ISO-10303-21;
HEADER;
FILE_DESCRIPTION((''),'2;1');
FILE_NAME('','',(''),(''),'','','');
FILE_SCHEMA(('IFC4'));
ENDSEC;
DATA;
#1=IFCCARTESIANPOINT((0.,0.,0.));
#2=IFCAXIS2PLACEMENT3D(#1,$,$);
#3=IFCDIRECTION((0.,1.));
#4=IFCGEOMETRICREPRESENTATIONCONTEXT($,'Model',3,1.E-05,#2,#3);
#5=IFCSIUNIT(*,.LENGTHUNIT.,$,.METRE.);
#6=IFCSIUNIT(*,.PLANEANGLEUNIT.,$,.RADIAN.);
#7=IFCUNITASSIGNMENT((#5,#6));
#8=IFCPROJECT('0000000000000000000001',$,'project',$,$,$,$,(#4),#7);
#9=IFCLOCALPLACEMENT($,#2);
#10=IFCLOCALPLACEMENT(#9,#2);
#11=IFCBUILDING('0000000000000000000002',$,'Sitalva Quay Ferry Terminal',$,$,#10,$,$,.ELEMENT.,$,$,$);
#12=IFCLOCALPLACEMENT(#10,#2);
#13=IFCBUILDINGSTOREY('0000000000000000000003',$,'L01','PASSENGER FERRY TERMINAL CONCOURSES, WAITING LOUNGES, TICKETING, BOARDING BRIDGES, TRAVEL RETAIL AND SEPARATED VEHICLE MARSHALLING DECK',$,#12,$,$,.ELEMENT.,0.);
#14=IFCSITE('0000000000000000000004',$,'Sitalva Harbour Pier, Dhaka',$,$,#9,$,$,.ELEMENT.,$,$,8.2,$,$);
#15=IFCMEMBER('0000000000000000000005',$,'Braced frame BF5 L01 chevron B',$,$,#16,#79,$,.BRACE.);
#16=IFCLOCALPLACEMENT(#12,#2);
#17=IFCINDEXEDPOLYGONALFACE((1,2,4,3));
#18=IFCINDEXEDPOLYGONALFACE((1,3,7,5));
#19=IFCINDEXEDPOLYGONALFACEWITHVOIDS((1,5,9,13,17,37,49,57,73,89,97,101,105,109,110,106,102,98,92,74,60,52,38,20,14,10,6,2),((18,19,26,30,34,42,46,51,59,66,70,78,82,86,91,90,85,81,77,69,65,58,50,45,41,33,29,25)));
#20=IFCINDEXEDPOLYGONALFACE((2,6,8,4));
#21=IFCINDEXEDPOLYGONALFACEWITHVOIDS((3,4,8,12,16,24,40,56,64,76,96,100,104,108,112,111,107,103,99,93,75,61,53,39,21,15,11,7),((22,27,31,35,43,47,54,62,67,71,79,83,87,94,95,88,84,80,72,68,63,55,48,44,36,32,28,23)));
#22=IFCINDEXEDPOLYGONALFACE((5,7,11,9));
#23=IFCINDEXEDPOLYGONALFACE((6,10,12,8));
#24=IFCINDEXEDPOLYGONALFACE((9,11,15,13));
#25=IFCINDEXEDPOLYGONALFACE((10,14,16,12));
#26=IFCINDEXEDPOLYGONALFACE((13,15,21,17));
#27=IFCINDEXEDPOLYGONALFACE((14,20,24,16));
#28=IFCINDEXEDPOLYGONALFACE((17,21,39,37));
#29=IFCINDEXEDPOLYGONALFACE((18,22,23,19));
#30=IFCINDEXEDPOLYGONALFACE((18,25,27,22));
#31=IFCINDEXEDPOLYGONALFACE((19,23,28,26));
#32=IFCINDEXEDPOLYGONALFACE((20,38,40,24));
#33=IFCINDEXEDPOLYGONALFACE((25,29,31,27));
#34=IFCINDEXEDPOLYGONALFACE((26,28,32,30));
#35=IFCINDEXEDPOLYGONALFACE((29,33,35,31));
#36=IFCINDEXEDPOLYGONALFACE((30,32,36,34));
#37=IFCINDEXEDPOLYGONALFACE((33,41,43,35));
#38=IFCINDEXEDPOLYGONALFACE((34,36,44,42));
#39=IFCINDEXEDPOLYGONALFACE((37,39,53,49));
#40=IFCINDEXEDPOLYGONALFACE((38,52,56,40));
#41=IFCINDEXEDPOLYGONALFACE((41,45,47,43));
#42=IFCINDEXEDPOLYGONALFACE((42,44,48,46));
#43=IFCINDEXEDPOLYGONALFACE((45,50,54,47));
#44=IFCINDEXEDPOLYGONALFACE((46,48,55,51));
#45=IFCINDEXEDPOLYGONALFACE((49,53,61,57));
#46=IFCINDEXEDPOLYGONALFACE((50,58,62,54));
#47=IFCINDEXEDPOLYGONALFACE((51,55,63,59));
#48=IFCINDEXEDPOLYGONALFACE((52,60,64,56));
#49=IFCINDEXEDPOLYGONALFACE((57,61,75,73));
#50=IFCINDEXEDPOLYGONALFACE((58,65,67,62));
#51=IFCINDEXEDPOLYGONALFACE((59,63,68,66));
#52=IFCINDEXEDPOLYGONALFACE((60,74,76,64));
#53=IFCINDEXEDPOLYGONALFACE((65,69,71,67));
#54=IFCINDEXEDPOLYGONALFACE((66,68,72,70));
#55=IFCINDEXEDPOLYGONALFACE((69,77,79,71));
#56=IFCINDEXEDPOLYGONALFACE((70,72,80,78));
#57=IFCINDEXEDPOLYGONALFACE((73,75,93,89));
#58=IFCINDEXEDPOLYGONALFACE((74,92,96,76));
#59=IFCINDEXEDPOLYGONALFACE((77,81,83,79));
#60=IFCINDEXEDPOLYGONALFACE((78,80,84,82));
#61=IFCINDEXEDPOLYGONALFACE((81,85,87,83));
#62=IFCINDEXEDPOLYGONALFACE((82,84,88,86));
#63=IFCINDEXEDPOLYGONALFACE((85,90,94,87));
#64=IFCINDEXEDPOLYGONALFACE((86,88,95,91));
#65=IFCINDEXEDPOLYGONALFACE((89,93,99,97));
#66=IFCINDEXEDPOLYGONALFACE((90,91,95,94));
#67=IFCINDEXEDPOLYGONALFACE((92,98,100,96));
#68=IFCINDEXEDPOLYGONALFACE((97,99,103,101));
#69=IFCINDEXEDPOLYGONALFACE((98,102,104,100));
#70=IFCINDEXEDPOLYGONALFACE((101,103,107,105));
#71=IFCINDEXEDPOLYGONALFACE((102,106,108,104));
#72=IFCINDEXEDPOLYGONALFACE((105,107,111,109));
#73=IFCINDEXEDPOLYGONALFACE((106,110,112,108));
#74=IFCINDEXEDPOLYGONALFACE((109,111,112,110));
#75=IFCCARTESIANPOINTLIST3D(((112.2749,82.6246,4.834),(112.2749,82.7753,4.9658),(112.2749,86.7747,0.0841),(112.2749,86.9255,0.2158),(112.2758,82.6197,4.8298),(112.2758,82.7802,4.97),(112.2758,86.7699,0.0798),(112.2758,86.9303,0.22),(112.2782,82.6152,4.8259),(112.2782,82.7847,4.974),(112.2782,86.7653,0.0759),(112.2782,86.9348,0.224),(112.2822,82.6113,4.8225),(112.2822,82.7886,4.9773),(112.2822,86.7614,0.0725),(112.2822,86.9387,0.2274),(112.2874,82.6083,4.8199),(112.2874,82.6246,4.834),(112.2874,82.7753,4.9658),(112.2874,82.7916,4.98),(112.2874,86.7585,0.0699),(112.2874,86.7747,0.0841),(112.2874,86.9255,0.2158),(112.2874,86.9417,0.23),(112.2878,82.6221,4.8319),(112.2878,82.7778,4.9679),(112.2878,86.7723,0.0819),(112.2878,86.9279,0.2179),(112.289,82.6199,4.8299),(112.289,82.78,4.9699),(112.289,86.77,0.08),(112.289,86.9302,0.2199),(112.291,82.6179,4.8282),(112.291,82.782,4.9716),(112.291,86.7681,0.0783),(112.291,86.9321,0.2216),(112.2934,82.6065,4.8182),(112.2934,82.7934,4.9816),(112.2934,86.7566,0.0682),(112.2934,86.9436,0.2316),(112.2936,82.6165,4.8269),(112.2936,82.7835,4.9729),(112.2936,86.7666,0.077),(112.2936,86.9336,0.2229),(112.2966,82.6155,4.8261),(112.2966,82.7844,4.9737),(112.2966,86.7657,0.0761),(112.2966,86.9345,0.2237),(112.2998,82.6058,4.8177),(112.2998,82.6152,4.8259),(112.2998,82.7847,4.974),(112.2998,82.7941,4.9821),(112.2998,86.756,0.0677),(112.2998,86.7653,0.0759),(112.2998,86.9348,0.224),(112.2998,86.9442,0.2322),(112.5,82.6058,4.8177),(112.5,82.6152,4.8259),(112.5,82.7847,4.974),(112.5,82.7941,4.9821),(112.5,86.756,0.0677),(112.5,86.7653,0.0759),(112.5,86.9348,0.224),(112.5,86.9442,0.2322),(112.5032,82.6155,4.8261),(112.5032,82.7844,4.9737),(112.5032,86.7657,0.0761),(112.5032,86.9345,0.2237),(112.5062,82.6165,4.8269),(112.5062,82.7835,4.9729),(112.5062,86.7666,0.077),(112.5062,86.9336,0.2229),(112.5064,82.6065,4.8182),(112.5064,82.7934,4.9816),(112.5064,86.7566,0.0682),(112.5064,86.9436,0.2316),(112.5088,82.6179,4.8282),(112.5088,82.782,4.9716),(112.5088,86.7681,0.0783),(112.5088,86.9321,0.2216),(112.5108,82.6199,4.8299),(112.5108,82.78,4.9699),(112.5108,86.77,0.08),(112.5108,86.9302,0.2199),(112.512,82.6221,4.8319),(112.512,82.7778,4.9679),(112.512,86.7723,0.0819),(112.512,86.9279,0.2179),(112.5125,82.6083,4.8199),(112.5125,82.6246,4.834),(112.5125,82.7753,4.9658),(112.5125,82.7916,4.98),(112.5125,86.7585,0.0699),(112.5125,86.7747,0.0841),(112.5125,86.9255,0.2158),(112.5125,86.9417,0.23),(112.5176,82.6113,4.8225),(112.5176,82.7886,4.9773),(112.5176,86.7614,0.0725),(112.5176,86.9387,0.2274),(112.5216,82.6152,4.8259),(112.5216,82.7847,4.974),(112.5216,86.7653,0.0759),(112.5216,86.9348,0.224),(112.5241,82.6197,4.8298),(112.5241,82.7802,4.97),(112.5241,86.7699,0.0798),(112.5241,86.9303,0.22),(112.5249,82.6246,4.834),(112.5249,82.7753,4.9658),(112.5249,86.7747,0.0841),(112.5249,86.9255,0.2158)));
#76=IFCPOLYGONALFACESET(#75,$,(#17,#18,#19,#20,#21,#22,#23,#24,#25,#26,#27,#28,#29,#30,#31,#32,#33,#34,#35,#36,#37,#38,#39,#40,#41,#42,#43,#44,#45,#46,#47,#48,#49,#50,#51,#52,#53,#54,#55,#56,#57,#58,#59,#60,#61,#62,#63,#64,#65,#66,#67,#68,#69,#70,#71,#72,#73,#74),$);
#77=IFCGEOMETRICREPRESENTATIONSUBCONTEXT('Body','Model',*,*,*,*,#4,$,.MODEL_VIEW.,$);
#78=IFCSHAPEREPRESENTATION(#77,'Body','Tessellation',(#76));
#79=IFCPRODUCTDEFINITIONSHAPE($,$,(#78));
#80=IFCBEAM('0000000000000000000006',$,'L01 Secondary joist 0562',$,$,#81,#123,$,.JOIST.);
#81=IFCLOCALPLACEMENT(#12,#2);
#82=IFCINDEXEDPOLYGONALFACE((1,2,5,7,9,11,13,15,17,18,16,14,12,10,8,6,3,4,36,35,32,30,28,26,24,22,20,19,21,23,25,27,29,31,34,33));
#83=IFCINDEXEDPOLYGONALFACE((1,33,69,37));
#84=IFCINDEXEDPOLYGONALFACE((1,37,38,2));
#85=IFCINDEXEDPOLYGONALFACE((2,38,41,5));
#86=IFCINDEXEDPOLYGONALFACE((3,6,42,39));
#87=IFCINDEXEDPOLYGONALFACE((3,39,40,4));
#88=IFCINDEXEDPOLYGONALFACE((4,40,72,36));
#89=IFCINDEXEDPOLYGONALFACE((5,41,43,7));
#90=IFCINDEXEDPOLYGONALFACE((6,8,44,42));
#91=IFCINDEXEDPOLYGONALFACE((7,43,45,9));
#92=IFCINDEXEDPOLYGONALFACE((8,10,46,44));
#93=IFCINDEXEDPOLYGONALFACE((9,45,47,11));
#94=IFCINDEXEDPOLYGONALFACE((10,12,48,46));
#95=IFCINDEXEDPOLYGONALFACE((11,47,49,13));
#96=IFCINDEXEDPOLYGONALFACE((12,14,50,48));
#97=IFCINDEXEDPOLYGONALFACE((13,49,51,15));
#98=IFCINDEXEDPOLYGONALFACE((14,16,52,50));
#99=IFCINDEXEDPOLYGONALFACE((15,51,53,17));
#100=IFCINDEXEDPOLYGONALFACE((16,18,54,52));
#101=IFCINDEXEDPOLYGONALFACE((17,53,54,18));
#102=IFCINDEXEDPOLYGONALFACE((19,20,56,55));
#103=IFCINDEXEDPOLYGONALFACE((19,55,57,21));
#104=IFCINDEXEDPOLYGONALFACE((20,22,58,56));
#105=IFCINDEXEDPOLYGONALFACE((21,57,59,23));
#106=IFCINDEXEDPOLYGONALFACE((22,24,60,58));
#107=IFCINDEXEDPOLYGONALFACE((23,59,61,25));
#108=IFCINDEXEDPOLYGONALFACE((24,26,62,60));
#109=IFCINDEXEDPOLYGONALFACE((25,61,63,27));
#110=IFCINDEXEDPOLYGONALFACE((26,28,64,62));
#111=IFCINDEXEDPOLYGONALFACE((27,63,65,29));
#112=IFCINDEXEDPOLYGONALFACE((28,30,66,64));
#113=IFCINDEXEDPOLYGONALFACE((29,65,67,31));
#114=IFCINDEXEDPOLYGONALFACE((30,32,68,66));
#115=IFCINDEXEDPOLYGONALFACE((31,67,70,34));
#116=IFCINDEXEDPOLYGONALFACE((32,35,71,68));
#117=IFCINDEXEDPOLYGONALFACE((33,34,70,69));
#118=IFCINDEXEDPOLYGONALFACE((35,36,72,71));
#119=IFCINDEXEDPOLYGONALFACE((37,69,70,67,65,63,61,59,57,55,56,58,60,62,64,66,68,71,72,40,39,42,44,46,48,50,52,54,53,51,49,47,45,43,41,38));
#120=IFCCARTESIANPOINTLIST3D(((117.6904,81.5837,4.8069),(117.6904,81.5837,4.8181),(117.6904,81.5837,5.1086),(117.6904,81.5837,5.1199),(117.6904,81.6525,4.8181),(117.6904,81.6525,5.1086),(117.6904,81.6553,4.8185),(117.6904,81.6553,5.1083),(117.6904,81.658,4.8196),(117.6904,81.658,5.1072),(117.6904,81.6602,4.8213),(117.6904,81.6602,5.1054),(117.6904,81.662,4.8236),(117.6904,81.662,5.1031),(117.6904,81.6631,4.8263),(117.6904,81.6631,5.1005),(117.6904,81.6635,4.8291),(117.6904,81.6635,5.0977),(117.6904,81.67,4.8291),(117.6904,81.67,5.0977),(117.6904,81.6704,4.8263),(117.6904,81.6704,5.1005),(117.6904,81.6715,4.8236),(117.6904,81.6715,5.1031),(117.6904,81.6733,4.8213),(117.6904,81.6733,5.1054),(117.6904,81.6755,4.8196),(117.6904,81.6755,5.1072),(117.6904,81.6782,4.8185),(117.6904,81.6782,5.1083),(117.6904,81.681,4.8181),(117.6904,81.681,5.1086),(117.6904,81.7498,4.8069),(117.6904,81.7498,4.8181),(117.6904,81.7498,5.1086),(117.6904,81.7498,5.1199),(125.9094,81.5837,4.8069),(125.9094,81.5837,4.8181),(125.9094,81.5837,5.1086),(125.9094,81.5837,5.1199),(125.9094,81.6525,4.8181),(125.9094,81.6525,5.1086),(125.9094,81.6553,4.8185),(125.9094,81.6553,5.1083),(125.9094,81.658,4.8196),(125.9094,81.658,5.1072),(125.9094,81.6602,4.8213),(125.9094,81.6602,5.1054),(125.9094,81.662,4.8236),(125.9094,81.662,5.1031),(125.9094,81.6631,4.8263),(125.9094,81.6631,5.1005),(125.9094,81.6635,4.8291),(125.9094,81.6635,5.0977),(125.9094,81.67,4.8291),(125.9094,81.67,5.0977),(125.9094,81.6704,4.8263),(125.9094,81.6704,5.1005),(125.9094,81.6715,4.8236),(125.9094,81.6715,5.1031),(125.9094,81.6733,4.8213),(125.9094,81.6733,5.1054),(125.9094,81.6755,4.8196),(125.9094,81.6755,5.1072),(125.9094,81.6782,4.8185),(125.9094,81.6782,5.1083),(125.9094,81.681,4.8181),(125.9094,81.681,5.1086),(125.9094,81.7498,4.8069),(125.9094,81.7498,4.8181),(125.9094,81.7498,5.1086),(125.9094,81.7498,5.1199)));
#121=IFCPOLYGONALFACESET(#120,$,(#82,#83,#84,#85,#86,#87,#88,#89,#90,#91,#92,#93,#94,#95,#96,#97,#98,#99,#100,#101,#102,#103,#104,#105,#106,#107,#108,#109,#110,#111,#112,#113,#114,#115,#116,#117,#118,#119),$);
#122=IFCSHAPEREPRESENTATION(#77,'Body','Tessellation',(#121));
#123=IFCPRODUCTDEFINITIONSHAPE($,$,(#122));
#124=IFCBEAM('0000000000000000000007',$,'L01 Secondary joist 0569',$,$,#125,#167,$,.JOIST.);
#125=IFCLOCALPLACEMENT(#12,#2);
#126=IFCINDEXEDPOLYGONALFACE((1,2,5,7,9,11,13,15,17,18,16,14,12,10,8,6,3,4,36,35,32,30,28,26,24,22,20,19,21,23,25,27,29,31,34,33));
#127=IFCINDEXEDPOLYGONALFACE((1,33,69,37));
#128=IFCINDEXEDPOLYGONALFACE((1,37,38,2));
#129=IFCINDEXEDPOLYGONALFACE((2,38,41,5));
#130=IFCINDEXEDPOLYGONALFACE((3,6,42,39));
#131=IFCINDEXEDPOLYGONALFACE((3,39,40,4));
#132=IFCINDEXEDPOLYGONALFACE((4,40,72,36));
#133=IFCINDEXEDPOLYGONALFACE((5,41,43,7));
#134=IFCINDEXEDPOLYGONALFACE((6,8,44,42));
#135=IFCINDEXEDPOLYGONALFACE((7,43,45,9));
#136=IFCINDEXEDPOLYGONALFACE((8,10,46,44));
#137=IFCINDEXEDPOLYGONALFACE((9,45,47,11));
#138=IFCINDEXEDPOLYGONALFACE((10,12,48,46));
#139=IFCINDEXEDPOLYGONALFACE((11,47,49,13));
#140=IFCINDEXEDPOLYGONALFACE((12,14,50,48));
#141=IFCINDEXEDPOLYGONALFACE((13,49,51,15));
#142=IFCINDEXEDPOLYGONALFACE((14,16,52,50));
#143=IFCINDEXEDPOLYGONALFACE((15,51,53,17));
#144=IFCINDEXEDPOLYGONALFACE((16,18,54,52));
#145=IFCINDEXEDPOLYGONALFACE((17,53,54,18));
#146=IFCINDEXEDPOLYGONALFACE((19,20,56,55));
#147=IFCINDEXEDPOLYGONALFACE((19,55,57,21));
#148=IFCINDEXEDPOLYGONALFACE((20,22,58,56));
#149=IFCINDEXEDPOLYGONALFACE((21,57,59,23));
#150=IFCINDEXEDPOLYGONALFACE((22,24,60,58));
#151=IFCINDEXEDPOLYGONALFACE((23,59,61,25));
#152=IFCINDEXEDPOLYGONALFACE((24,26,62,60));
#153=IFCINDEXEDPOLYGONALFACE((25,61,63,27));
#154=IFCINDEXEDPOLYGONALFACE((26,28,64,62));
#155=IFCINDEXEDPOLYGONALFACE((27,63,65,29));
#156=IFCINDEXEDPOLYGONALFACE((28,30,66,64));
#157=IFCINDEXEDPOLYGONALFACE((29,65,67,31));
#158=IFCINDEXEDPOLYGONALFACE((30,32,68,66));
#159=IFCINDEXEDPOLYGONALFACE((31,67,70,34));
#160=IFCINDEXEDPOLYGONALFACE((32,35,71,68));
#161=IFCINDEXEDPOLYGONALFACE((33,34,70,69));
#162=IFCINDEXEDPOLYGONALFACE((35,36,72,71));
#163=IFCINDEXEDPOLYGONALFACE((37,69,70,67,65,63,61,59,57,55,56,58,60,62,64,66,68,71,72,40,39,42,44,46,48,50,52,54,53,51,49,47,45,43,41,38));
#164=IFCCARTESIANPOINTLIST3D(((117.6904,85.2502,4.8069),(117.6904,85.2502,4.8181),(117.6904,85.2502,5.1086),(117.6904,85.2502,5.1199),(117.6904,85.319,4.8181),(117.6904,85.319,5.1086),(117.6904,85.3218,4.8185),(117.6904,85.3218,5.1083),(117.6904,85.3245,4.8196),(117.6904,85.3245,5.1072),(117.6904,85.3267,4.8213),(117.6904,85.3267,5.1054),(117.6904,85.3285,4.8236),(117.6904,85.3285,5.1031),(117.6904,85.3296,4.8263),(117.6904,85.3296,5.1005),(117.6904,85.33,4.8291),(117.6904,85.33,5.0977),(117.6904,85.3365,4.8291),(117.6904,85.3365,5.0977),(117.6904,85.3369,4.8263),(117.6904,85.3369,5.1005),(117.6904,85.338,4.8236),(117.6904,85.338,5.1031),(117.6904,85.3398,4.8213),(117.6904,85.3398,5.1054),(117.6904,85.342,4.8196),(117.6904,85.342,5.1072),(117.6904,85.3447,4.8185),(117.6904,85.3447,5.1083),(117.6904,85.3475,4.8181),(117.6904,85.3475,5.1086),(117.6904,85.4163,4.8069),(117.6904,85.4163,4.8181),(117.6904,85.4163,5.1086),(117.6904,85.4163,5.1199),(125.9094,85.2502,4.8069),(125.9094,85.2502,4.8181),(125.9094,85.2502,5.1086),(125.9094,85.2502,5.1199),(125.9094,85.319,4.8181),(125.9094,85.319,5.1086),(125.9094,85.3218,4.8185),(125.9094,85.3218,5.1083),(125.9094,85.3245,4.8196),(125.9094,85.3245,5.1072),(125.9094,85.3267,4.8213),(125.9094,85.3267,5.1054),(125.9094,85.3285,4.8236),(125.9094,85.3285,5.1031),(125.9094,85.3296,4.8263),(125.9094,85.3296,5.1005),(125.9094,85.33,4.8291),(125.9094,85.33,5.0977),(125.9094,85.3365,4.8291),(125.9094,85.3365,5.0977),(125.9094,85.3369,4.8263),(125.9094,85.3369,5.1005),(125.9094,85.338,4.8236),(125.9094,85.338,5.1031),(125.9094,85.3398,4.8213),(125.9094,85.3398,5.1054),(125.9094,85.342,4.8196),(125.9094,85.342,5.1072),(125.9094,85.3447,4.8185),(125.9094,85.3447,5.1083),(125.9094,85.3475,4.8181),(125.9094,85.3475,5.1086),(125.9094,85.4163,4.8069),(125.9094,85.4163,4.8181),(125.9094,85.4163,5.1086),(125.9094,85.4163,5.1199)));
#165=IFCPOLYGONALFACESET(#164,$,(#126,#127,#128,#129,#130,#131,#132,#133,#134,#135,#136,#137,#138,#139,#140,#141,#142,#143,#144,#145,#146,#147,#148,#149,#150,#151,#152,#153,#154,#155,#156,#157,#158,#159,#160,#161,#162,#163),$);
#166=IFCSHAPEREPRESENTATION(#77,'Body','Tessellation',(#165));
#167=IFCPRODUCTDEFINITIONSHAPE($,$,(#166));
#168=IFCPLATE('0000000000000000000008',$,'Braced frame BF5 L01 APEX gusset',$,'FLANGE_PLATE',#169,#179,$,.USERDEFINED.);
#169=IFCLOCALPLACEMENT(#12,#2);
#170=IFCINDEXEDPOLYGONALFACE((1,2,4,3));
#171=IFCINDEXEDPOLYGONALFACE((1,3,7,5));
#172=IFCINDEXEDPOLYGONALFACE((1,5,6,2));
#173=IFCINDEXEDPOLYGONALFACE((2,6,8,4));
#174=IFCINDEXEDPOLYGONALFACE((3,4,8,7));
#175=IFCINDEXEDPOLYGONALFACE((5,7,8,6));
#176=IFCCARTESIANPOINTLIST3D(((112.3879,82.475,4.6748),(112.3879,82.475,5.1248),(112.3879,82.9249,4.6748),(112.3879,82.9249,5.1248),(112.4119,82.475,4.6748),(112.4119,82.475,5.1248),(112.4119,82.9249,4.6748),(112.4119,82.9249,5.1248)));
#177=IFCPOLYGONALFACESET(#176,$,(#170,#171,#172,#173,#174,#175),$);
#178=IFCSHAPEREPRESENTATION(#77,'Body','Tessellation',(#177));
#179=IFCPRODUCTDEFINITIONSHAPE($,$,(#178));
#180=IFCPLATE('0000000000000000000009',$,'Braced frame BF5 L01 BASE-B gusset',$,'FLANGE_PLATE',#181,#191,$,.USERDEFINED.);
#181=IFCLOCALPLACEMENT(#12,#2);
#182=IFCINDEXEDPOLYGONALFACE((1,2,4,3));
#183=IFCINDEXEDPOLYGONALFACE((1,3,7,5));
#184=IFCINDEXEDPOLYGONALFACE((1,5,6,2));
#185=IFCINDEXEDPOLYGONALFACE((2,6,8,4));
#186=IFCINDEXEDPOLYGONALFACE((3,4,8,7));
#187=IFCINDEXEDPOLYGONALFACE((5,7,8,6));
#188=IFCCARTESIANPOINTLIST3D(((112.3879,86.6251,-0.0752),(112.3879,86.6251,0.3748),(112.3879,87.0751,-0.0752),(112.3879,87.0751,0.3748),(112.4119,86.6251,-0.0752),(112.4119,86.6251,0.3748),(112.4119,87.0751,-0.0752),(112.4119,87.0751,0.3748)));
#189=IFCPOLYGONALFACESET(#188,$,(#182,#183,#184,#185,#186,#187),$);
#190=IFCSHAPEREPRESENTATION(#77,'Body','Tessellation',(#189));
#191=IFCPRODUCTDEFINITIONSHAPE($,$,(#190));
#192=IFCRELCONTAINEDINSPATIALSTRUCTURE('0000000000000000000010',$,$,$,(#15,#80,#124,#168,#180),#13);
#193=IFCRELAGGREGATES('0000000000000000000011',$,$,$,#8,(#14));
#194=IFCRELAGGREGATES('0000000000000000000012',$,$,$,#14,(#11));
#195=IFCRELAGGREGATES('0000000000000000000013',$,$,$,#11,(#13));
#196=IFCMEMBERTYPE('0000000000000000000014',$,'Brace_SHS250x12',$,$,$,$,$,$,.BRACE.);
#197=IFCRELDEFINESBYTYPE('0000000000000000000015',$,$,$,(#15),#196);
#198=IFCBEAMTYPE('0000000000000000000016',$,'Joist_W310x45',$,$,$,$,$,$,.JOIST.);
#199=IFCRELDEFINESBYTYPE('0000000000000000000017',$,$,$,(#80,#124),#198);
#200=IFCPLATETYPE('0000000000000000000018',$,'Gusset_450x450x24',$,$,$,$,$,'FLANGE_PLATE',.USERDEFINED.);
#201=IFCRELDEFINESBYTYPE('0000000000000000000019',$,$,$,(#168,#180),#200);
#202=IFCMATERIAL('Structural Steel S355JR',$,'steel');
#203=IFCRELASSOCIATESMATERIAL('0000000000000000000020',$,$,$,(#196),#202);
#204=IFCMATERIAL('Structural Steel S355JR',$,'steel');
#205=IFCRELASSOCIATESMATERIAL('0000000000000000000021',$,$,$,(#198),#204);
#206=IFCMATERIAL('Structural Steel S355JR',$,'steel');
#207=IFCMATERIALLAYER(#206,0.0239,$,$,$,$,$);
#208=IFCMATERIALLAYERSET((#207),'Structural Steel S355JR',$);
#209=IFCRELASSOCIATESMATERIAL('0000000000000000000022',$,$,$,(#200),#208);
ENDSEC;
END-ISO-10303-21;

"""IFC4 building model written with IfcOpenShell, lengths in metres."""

from ifc_helpers import new_model, si_unit, direction, frame, origin, origin_2d, place, context, subcontext, project, spatial, rectangle, hollow_rectangle, i_section, extrude, material, layer, layer_set, material_profile, profile_set, type_object, element, save


model = new_model("IFC4")

# Units and contexts
model_context = context("Model", 3, precision=1e-05, world=origin(), true_north=direction((0.0, 1.0)))
body_context = subcontext(model_context, "Body", "Model", "MODEL_VIEW")
ifc_project = project(units=[si_unit("LENGTHUNIT", "METRE"), si_unit("PLANEANGLEUNIT", "RADIAN")], contexts=[model_context])

# Site, building, storey
site_placement = place(None, origin())
site = spatial("IfcSite", under=ifc_project, at=site_placement, Name="Sitalva Harbour Pier, Dhaka", CompositionType="ELEMENT", RefElevation=8.2)
building_placement = place(site_placement, origin())
building = spatial("IfcBuilding", under=site, at=building_placement, Name="Sitalva Quay Ferry Terminal", CompositionType="ELEMENT")
storey_placement = place(building_placement, origin())
storey = spatial("IfcBuildingStorey", under=building, at=storey_placement, Name="L01", Description="PASSENGER FERRY TERMINAL CONCOURSES, WAITING LOUNGES, TICKETING, BOARDING BRIDGES, TRAVEL RETAIL AND SEPARATED VEHICLE MARSHALLING DECK", CompositionType="ELEMENT", Elevation=0.0)

# Member
ifc_material_1 = material(Name="Structural Steel S355JR", Category="steel")
ifc_material_profile_1 = material_profile(ifc_material_1, hollow_rectangle(XDim=0.25, YDim=0.25, WallThickness=0.0125, InnerFilletRadius=0.0125, OuterFilletRadius=0.0249, at=origin_2d()), Name="SHS250x250x12.5")
ifc_profile_set_1 = profile_set([ifc_material_profile_1], Name="Structural Steel S355JR")
member_type = type_object("IfcMemberType", Name="Brace_SHS250x12", PredefinedType="BRACE", material=ifc_profile_set_1)
member_placement = place(storey_placement, frame((112.3999, 82.7, 4.8999), z_axis=(0.0, 0.657956, -0.753056), x_axis=(-1.0, 0.0, 0.0)))
element("IfcMember", 1, at=member_placement, inside=storey, type_object=member_type, Name="Braced frame BF5 L01 chevron B", PredefinedType="BRACE", context=body_context, shape_type="SweptSolid", body=[
    extrude(hollow_rectangle(XDim=0.25, YDim=0.25, WallThickness=0.0125, InnerFilletRadius=0.0125, OuterFilletRadius=0.0249, at=origin_2d()), origin(), (0.0, 0.0, 1.0), 6.3076),
])

# Beams
ifc_material_2 = material(Name="Structural Steel S355JR", Category="steel")
ifc_material_profile_2 = material_profile(ifc_material_2, i_section(OverallWidth=0.166, OverallDepth=0.313, WebThickness=0.0066, FlangeThickness=0.0112, FilletRadius=0.011, at=origin_2d()), Name="W310x45")
ifc_profile_set_2 = profile_set([ifc_material_profile_2], Name="Structural Steel S355JR")
beam_type_1 = type_object("IfcBeamType", Name="Joist_W310x45", PredefinedType="JOIST", material=ifc_profile_set_2)
for number, where, z_axis, x_axis, name in (
    (2, (117.6904, 81.6667, 4.9634), (1.0, 0.0, 0.0), (0.0, 1.0, 0.0), "L01 Secondary joist 0562"),
    (3, (117.6904, 85.3333, 4.9634), (1.0, 0.0, 0.0), (0.0, 1.0, 0.0), "L01 Secondary joist 0569"),
):
    element("IfcBeam", number, at=place(storey_placement, frame(where, z_axis=z_axis, x_axis=x_axis)), inside=storey, type_object=beam_type_1, Name=name, PredefinedType="JOIST", context=body_context, shape_type="SweptSolid", body=[
        extrude(i_section(OverallWidth=0.166, OverallDepth=0.313, WebThickness=0.0066, FlangeThickness=0.0112, FilletRadius=0.011, at=origin_2d()), origin(), (0.0, 0.0, 1.0), 8.219),
    ])

# Plates
ifc_material_3 = material(Name="Structural Steel S355JR", Category="steel")
ifc_layer_1 = layer(ifc_material_3, 0.0239)
ifc_layer_set_1 = layer_set([ifc_layer_1], Name="Structural Steel S355JR")
plate_type = type_object("IfcPlateType", Name="Gusset_450x450x24", ElementType="FLANGE_PLATE", PredefinedType="USERDEFINED", material=ifc_layer_set_1)
for number, where, z_axis, x_axis, name in (
    (4, (112.3999, 82.7, 4.6748), (0.0, 0.0, 1.0), (1.0, 0.0, 0.0), "Braced frame BF5 L01 APEX gusset"),
    (5, (112.3999, 86.8501, -0.0752), (0.0, 0.0, 1.0), (1.0, 0.0, 0.0), "Braced frame BF5 L01 BASE-B gusset"),
):
    element("IfcPlate", number, at=place(storey_placement, frame(where, z_axis=z_axis, x_axis=x_axis)), inside=storey, type_object=plate_type, Name=name, ObjectType="FLANGE_PLATE", PredefinedType="USERDEFINED", context=body_context, shape_type="SweptSolid", body=[
        extrude(rectangle(XDim=0.0239, YDim=0.45, at=origin_2d()), origin(), (0.0, 0.0, 1.0), 0.45),
    ])

save(model, "model.ifc")
